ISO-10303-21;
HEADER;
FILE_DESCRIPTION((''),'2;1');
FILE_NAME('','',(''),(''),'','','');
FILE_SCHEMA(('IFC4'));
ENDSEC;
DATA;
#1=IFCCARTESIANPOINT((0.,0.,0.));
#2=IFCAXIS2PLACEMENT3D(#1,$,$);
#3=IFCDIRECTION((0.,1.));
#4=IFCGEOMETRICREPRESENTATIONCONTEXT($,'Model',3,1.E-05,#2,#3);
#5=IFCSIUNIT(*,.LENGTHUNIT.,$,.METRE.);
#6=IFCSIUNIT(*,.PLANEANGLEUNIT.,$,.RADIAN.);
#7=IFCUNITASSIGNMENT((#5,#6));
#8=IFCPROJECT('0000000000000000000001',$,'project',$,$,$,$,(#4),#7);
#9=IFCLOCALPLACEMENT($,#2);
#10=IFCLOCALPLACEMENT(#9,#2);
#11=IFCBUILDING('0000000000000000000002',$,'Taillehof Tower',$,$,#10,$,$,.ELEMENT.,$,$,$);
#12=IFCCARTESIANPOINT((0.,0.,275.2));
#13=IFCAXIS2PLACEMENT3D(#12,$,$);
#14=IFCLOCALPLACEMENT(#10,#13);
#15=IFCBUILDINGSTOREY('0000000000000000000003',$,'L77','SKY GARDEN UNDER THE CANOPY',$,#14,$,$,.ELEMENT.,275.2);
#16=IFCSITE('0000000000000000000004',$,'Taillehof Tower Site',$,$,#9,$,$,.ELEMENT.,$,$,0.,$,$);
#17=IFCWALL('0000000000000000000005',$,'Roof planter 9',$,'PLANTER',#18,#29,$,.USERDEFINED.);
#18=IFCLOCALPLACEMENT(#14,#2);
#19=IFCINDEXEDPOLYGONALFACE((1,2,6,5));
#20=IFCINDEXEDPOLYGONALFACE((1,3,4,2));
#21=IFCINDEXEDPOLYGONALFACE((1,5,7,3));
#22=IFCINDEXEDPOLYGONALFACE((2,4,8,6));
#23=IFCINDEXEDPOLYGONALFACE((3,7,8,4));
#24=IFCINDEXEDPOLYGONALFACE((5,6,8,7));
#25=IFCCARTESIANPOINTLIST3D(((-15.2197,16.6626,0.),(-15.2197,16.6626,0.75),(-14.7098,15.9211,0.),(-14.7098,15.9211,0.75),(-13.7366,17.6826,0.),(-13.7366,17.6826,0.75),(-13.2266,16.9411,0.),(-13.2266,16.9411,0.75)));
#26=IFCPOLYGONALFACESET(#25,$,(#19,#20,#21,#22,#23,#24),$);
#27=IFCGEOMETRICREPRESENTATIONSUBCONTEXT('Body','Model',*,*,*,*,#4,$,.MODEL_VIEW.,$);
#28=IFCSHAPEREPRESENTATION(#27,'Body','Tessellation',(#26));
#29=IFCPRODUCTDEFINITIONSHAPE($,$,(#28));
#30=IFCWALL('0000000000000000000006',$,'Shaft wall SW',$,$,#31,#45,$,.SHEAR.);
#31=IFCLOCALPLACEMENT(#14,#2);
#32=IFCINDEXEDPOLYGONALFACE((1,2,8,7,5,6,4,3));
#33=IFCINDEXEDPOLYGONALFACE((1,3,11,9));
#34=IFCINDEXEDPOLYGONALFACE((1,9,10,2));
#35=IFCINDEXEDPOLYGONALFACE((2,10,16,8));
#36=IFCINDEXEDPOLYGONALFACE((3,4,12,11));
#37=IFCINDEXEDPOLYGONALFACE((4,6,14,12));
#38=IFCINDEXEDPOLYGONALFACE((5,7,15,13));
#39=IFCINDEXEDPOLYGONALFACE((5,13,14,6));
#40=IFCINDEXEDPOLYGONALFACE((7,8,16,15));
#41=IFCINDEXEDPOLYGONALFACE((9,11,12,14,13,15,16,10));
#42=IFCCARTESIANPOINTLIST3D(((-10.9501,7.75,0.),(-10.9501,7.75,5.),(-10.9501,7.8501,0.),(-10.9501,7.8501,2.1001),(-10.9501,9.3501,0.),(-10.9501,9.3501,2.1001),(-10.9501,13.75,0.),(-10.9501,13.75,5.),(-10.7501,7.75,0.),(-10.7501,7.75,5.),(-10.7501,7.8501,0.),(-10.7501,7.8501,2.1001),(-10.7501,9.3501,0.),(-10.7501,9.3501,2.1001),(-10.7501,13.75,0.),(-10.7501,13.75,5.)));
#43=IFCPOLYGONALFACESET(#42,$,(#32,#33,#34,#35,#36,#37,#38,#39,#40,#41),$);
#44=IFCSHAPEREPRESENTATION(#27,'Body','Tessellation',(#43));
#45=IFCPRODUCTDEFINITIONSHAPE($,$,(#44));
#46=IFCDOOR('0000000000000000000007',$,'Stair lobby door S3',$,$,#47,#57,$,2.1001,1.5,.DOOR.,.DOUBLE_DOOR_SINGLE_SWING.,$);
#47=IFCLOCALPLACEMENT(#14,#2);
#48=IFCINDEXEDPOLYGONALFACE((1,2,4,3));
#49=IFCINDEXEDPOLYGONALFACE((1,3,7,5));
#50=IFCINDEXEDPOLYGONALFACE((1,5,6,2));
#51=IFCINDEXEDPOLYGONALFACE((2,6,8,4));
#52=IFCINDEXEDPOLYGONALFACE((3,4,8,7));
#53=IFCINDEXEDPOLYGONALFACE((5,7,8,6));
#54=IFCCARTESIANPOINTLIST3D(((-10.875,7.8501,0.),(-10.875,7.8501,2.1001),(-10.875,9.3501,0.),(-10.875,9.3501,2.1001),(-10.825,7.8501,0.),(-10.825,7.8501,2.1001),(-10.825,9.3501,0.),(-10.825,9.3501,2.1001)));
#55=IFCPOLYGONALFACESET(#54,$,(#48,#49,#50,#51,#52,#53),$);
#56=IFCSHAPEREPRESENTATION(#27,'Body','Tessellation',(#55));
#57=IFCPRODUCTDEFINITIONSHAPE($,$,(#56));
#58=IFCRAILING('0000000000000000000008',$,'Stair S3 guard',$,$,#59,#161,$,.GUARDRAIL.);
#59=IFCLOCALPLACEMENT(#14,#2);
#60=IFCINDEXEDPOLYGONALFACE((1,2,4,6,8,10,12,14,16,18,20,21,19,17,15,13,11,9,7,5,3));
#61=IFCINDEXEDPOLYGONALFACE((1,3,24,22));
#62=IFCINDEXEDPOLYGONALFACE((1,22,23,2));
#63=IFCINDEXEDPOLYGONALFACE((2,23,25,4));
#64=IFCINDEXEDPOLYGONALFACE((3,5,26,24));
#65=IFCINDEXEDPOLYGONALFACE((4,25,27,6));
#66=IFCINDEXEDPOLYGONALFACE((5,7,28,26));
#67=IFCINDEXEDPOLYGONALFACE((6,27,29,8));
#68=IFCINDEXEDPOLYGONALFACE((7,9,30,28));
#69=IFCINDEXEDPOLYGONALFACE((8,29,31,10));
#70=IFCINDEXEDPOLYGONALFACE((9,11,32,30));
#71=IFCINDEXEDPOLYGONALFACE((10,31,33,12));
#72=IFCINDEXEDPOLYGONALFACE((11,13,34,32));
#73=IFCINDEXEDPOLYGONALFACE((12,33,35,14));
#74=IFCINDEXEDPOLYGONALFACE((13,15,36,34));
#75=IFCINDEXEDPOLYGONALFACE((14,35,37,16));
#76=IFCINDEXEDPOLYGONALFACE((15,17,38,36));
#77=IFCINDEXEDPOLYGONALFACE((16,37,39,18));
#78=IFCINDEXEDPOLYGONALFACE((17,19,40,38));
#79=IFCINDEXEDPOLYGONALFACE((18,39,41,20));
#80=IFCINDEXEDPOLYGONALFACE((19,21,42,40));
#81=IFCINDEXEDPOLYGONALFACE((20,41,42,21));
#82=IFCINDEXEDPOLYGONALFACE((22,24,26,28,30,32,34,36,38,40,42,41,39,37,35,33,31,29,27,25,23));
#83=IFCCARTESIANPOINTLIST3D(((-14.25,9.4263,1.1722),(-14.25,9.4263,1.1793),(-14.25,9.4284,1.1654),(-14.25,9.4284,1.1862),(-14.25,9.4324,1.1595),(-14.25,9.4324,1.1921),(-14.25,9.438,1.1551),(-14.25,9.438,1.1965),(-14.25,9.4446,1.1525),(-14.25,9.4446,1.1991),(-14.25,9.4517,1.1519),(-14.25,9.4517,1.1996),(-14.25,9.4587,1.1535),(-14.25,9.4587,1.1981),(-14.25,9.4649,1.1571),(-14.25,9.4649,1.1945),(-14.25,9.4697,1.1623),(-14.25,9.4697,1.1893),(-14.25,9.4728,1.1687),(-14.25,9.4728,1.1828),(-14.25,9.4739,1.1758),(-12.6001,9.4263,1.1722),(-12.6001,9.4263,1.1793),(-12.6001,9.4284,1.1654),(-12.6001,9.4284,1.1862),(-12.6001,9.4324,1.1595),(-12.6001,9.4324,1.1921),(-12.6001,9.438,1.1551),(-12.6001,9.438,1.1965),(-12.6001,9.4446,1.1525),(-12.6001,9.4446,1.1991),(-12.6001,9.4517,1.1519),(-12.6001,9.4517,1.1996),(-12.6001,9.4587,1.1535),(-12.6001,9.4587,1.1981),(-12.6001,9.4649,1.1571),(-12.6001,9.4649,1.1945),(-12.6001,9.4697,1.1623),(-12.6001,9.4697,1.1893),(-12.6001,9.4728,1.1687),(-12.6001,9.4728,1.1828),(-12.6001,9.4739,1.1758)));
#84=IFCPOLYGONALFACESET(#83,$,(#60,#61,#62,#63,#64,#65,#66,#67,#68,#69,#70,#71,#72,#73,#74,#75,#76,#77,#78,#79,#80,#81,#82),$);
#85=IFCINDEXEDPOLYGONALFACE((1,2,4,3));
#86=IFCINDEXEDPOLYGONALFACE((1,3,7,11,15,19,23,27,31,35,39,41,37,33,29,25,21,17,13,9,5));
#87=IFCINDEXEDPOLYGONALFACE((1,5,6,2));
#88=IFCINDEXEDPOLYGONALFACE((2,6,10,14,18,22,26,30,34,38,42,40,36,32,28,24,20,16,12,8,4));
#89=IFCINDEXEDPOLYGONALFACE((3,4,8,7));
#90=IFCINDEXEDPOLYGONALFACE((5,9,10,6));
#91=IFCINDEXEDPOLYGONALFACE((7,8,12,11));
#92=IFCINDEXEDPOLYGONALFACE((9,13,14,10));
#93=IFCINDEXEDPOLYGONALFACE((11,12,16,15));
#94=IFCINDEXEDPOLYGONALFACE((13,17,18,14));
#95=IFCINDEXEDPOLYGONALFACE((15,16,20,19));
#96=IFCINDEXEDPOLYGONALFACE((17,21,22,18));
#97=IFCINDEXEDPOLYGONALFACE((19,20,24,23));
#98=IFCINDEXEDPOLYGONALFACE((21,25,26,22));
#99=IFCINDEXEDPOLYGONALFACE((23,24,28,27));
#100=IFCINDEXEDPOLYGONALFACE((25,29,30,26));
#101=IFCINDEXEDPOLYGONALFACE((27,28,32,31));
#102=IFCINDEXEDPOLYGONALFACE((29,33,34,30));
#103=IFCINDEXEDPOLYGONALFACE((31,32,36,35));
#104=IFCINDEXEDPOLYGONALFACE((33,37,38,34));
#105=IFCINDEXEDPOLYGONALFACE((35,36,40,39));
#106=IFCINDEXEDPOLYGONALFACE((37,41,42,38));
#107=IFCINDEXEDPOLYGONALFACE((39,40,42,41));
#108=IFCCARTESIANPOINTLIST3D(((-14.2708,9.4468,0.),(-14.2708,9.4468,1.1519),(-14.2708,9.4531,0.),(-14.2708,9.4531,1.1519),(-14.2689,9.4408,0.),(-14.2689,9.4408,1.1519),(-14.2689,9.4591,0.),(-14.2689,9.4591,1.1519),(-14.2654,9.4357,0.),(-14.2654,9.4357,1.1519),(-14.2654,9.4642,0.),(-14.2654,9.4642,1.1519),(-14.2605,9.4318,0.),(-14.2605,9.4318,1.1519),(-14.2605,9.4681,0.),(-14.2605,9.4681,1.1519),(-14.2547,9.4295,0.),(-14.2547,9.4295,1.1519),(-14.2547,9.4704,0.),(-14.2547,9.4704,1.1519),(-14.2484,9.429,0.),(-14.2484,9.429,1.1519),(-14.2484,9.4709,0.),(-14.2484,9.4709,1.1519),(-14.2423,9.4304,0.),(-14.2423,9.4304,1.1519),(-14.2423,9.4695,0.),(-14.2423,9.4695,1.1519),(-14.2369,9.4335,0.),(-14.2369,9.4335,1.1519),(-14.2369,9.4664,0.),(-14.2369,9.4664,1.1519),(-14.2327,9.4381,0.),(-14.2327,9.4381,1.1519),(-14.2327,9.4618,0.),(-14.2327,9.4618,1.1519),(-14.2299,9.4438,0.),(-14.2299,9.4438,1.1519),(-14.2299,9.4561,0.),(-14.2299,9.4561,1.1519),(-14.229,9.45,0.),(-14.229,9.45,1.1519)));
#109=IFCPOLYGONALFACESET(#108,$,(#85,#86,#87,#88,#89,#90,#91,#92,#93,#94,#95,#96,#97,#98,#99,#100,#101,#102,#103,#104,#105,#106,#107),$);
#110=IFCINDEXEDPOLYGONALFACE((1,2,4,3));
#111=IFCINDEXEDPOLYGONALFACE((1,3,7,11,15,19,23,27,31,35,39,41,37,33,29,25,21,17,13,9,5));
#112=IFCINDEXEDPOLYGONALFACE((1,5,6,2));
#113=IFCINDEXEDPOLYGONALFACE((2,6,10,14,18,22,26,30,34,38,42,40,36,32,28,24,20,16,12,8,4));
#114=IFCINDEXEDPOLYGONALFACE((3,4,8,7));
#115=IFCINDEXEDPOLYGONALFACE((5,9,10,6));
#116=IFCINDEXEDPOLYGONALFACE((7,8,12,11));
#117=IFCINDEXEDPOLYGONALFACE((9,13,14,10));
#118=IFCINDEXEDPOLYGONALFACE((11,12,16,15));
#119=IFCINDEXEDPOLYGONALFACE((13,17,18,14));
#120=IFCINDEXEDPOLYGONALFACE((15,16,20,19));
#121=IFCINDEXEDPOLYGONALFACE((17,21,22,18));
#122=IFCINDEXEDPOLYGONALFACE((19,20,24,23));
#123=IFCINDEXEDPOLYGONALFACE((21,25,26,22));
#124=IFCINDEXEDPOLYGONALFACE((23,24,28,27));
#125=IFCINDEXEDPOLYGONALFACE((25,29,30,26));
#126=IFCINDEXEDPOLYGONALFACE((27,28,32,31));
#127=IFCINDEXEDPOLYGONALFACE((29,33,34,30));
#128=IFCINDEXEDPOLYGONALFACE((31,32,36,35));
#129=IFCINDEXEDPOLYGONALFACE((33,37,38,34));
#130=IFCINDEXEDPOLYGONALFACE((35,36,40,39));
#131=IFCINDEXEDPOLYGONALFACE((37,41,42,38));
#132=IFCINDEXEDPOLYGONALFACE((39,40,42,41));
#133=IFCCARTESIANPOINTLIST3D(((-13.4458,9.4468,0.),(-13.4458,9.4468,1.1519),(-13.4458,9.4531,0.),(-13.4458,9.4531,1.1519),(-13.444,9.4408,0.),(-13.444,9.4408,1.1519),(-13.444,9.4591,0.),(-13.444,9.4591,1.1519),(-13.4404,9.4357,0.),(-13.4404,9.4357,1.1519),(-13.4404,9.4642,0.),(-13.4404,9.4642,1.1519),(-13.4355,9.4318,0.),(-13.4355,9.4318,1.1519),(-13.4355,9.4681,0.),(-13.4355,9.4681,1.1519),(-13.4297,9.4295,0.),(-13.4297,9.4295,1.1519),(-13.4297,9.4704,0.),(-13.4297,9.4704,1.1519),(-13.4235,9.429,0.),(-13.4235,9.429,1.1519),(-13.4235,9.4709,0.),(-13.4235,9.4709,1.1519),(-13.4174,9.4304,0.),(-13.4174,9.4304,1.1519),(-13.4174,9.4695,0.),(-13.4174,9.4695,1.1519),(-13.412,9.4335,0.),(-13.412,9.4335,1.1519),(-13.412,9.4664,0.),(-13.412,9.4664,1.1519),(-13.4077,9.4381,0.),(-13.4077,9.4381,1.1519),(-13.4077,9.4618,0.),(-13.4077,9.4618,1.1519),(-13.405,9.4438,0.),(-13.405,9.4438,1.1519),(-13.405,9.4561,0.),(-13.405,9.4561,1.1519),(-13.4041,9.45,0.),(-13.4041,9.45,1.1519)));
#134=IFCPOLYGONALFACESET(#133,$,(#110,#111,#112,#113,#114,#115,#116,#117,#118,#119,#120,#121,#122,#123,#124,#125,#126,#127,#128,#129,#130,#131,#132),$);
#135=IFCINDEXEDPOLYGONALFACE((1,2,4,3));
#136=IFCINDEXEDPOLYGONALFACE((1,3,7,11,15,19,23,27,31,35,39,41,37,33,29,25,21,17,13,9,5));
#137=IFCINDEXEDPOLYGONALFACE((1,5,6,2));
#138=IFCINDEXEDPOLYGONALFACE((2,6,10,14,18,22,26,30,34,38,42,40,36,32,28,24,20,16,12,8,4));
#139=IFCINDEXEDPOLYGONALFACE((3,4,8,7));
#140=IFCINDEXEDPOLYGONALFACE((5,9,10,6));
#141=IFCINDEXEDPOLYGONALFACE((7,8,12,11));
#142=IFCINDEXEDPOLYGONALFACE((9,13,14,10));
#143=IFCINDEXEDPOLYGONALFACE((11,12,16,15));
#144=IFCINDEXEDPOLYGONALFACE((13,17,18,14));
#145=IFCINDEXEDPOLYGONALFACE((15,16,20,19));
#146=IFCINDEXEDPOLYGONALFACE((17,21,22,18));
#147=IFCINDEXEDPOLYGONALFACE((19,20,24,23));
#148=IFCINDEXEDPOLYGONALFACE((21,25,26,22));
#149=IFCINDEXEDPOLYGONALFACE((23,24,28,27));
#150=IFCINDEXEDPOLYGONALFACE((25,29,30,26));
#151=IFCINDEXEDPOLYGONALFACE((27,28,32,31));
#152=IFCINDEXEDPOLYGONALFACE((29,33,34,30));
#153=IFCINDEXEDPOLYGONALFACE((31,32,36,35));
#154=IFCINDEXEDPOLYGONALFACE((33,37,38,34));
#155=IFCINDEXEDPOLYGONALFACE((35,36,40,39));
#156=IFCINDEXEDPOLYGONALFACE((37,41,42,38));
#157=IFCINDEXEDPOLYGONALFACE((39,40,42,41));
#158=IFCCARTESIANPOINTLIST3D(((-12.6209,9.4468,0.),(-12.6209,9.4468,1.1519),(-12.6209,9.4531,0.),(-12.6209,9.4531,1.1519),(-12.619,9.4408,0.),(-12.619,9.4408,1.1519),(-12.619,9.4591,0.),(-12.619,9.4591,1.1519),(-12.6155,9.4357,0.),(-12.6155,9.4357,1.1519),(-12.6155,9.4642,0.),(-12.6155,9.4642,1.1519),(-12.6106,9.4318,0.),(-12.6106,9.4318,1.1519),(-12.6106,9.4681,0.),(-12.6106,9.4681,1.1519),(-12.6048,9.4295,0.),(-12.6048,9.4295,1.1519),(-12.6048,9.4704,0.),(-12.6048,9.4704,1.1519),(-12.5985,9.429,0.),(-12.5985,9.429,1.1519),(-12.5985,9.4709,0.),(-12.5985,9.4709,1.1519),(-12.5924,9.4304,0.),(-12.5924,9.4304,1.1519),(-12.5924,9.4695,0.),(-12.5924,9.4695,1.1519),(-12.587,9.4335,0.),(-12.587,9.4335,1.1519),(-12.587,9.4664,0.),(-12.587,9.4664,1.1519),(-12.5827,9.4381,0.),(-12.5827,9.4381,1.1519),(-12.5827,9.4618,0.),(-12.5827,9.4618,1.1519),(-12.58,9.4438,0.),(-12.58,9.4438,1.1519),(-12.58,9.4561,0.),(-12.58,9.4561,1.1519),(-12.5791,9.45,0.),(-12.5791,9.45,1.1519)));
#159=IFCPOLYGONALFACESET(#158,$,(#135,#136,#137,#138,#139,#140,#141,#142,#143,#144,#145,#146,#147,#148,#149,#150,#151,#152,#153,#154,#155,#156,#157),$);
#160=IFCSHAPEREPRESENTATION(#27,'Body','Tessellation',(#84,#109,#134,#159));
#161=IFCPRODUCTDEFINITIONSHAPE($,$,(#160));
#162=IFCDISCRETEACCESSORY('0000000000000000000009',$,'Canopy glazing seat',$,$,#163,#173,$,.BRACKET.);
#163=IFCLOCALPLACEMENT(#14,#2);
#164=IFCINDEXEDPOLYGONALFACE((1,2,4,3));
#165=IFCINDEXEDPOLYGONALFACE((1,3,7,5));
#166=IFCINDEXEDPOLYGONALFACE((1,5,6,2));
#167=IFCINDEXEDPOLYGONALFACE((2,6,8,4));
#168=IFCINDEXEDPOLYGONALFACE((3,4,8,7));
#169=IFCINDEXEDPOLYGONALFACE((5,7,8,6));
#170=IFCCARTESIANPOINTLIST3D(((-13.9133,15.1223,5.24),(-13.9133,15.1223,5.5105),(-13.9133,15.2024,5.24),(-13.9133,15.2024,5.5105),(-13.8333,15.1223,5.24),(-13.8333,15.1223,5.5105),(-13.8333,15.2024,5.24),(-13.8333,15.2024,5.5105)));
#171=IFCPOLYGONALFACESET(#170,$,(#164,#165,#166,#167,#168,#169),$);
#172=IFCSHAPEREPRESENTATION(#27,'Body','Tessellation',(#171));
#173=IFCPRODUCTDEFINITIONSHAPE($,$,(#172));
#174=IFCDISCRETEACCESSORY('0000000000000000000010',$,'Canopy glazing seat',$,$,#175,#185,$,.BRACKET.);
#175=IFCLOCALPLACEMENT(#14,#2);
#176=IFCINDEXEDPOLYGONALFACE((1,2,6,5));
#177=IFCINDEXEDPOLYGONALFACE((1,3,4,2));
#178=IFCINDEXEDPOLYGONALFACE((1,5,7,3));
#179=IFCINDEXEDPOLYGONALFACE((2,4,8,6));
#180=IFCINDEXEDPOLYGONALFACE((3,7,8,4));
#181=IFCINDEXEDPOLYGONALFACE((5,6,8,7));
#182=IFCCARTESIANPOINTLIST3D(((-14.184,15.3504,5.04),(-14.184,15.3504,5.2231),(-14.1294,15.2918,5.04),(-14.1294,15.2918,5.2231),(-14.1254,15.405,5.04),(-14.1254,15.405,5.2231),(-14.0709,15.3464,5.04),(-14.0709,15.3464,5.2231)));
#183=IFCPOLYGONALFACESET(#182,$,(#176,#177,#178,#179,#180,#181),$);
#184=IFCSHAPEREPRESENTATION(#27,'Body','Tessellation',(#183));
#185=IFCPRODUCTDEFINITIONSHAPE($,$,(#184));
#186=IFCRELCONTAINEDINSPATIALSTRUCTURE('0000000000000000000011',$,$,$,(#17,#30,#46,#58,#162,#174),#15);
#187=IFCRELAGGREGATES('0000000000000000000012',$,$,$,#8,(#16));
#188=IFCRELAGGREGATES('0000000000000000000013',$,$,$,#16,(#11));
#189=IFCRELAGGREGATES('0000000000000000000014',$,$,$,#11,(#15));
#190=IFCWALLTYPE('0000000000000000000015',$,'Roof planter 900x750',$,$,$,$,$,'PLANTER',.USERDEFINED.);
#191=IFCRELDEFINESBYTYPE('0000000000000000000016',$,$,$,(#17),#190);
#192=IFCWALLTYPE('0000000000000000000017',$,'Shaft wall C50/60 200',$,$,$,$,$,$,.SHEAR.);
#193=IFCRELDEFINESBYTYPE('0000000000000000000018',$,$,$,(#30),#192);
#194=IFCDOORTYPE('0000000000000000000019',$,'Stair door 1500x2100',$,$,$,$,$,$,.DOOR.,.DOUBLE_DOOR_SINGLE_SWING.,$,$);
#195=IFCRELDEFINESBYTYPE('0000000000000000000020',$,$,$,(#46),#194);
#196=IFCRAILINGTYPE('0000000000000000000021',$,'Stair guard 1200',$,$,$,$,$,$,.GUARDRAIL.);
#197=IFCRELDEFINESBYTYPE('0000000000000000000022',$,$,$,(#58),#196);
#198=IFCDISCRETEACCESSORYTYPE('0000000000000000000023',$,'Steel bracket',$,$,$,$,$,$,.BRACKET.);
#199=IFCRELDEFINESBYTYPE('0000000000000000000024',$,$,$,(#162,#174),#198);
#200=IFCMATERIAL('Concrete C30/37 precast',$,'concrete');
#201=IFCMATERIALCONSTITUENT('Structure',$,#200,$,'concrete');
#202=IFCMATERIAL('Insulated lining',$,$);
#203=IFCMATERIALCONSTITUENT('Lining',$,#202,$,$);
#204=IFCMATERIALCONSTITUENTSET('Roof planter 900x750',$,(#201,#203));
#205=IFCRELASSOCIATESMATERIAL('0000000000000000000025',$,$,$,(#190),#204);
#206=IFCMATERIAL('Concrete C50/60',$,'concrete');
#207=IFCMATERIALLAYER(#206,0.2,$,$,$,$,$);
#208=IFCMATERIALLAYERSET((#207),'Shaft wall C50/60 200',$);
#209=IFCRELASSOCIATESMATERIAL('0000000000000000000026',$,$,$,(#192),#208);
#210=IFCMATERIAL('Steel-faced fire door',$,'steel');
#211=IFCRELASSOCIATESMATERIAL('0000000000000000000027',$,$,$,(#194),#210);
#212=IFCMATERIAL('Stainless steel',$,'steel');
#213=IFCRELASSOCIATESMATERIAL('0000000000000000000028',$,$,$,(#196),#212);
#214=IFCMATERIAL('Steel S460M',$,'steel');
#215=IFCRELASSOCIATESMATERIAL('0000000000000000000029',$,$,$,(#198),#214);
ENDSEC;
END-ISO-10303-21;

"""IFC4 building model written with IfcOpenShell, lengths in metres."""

from ifc_helpers import new_model, si_unit, direction, frame, frame_2d, origin, origin_2d, place, context, subcontext, project, spatial, rectangle, circle, extrude, material, layer, layer_set, constituent, constituent_set, type_object, element, fill, save


model = new_model("IFC4")

# Units and contexts
model_context = context("Model", 3, precision=1e-05, world=origin(), true_north=direction((0.0, 1.0)))
body_context = subcontext(model_context, "Body", "Model", "MODEL_VIEW")
ifc_project = project(units=[si_unit("LENGTHUNIT", "METRE"), si_unit("PLANEANGLEUNIT", "RADIAN")], contexts=[model_context])

# Site, building, storey
site_placement = place(None, origin())
site = spatial("IfcSite", under=ifc_project, at=site_placement, Name="Taillehof Tower Site", CompositionType="ELEMENT", RefElevation=0.0)
building_placement = place(site_placement, origin())
building = spatial("IfcBuilding", under=site, at=building_placement, Name="Taillehof Tower", CompositionType="ELEMENT")
storey_placement = place(building_placement, frame((0.0, 0.0, 275.2)))
storey = spatial("IfcBuildingStorey", under=building, at=storey_placement, Name="L77", Description="SKY GARDEN UNDER THE CANOPY", CompositionType="ELEMENT", Elevation=275.2)

# Wall
ifc_material_1 = material(Name="Concrete C30/37 precast", Category="concrete")
ifc_constituent_1 = constituent(ifc_material_1, Name="Structure", Category="concrete")
ifc_material_2 = material(Name="Insulated lining")
ifc_constituent_2 = constituent(ifc_material_2, Name="Lining")
ifc_constituent_set = constituent_set(constituents=[ifc_constituent_1, ifc_constituent_2], Name="Roof planter 900x750")
wall_type_1 = type_object("IfcWallType", Name="Roof planter 900x750", ElementType="PLANTER", PredefinedType="USERDEFINED", material=ifc_constituent_set)
wall_1_placement = place(storey_placement, frame((-13.4817, 17.3118, 0.0), z_axis=(0.0, 0.0, 1.0), x_axis=(-0.823951, -0.566661, 0.0)))
element("IfcWall", 1, at=wall_1_placement, inside=storey, type_object=wall_type_1, Name="Roof planter 9", ObjectType="PLANTER", PredefinedType="USERDEFINED", context=body_context, shape_type="SweptSolid", body=[
    extrude(rectangle(XDim=1.8, YDim=0.8999, at=frame_2d((0.8999, 0.0))), origin(), (0.0, 0.0, 1.0), 0.75),
])

# Wall, opening, door
ifc_material_3 = material(Name="Concrete C50/60", Category="concrete")
ifc_layer = layer(ifc_material_3, 0.2)
ifc_layer_set = layer_set([ifc_layer], Name="Shaft wall C50/60 200")
wall_type_2 = type_object("IfcWallType", Name="Shaft wall C50/60 200", PredefinedType="SHEAR", material=ifc_layer_set)
wall_2_placement = place(storey_placement, frame((-10.8501, 7.75, 0.0), z_axis=(0.0, 0.0, 1.0), x_axis=(0.0, 1.0, 0.0)))
wall_2 = element("IfcWall", 2, at=wall_2_placement, inside=storey, type_object=wall_type_2, Name="Shaft wall SW", PredefinedType="SHEAR", context=body_context, shape_type="SweptSolid", body=[
    extrude(rectangle(XDim=6.0, YDim=0.2, at=frame_2d((3.0, 0.0))), origin(), (0.0, 0.0, 1.0), 5.0),
])
opening_placement = place(wall_2_placement, frame((0.1001, 0.0, 0.0)))
opening = element("IfcOpeningElement", 3, at=opening_placement, cuts=wall_2, PredefinedType="OPENING", context=body_context, shape_type="SweptSolid", body=[
    extrude(rectangle(XDim=1.5, YDim=2.1001, at=frame_2d((0.75, 1.05))), frame((0.0, 0.1099, 0.0), z_axis=(0.0, -1.0, 0.0), x_axis=(1.0, 0.0, 0.0)), (0.0, 0.0, 1.0), 0.22),
])
ifc_material_4 = material(Name="Steel-faced fire door", Category="steel")
door_type = type_object("IfcDoorType", Name="Stair door 1500x2100", OperationType="DOUBLE_DOOR_SINGLE_SWING", PredefinedType="DOOR", material=ifc_material_4)
door_placement = place(opening_placement, origin())
door = element("IfcDoor", 4, at=door_placement, inside=storey, type_object=door_type, Name="Stair lobby door S3", OperationType="DOUBLE_DOOR_SINGLE_SWING", OverallHeight=2.1001, OverallWidth=1.5, PredefinedType="DOOR", context=body_context, shape_type="SweptSolid", body=[
    extrude(rectangle(XDim=1.5, YDim=2.1001, at=frame_2d((0.75, 1.05))), frame((0.0, 0.0249, 0.0), z_axis=(0.0, -1.0, 0.0), x_axis=(1.0, 0.0, 0.0)), (0.0, 0.0, 1.0), 0.05),
])
fill(opening, door)

# Railing
ifc_material_5 = material(Name="Stainless steel", Category="steel")
railing_type = type_object("IfcRailingType", Name="Stair guard 1200", PredefinedType="GUARDRAIL", material=ifc_material_5)
railing_placement = place(storey_placement, frame((-14.25, 9.45, 0.0)))
element("IfcRailing", 5, at=railing_placement, inside=storey, type_object=railing_type, Name="Stair S3 guard", PredefinedType="GUARDRAIL", context=body_context, shape_type="SweptSolid", body=[
    extrude(circle(Radius=0.0239, at=origin_2d()), frame((0.0, 0.0, 1.1758), z_axis=(1.0, 0.0, 0.0), x_axis=(0.0, 1.0, 0.0)), (0.0, 0.0, 1.0), 1.6499),
    extrude(circle(Radius=0.021, at=origin_2d()), origin(), (0.0, 0.0, 1.0), 1.1519),
    extrude(circle(Radius=0.021, at=origin_2d()), frame((0.825, 0.0, 0.0)), (0.0, 0.0, 1.0), 1.1519),
    extrude(circle(Radius=0.021, at=origin_2d()), frame((1.6499, 0.0, 0.0)), (0.0, 0.0, 1.0), 1.1519),
])

# Discrete accessories
ifc_material_6 = material(Name="Steel S460M", Category="steel")
discrete_accessory_type_1 = type_object("IfcDiscreteAccessoryType", Name="Steel bracket", PredefinedType="BRACKET", material=ifc_material_6)
discrete_accessory_1_placement = place(storey_placement, frame((-13.8733, 15.1624, 5.24), z_axis=(0.0, 0.0, 1.0), x_axis=(1.0, 0.0, 0.0)))
element("IfcDiscreteAccessory", 6, at=discrete_accessory_1_placement, inside=storey, type_object=discrete_accessory_type_1, Name="Canopy glazing seat", PredefinedType="BRACKET", context=body_context, shape_type="SweptSolid", body=[
    extrude(rectangle(XDim=0.0801, YDim=0.0801, at=origin_2d()), origin(), (0.0, 0.0, 1.0), 0.2705),
])
discrete_accessory_2_placement = place(storey_placement, frame((-14.1274, 15.3484, 5.04), z_axis=(0.0, 0.0, 1.0), x_axis=(0.681665, -0.731664, 0.0)))
element("IfcDiscreteAccessory", 7, at=discrete_accessory_2_placement, inside=storey, type_object=discrete_accessory_type_1, Name="Canopy glazing seat", PredefinedType="BRACKET", context=body_context, shape_type="SweptSolid", body=[
    extrude(rectangle(XDim=0.0801, YDim=0.0801, at=origin_2d()), origin(), (0.0, 0.0, 1.0), 0.1831),
])

save(model, "model.ifc")
